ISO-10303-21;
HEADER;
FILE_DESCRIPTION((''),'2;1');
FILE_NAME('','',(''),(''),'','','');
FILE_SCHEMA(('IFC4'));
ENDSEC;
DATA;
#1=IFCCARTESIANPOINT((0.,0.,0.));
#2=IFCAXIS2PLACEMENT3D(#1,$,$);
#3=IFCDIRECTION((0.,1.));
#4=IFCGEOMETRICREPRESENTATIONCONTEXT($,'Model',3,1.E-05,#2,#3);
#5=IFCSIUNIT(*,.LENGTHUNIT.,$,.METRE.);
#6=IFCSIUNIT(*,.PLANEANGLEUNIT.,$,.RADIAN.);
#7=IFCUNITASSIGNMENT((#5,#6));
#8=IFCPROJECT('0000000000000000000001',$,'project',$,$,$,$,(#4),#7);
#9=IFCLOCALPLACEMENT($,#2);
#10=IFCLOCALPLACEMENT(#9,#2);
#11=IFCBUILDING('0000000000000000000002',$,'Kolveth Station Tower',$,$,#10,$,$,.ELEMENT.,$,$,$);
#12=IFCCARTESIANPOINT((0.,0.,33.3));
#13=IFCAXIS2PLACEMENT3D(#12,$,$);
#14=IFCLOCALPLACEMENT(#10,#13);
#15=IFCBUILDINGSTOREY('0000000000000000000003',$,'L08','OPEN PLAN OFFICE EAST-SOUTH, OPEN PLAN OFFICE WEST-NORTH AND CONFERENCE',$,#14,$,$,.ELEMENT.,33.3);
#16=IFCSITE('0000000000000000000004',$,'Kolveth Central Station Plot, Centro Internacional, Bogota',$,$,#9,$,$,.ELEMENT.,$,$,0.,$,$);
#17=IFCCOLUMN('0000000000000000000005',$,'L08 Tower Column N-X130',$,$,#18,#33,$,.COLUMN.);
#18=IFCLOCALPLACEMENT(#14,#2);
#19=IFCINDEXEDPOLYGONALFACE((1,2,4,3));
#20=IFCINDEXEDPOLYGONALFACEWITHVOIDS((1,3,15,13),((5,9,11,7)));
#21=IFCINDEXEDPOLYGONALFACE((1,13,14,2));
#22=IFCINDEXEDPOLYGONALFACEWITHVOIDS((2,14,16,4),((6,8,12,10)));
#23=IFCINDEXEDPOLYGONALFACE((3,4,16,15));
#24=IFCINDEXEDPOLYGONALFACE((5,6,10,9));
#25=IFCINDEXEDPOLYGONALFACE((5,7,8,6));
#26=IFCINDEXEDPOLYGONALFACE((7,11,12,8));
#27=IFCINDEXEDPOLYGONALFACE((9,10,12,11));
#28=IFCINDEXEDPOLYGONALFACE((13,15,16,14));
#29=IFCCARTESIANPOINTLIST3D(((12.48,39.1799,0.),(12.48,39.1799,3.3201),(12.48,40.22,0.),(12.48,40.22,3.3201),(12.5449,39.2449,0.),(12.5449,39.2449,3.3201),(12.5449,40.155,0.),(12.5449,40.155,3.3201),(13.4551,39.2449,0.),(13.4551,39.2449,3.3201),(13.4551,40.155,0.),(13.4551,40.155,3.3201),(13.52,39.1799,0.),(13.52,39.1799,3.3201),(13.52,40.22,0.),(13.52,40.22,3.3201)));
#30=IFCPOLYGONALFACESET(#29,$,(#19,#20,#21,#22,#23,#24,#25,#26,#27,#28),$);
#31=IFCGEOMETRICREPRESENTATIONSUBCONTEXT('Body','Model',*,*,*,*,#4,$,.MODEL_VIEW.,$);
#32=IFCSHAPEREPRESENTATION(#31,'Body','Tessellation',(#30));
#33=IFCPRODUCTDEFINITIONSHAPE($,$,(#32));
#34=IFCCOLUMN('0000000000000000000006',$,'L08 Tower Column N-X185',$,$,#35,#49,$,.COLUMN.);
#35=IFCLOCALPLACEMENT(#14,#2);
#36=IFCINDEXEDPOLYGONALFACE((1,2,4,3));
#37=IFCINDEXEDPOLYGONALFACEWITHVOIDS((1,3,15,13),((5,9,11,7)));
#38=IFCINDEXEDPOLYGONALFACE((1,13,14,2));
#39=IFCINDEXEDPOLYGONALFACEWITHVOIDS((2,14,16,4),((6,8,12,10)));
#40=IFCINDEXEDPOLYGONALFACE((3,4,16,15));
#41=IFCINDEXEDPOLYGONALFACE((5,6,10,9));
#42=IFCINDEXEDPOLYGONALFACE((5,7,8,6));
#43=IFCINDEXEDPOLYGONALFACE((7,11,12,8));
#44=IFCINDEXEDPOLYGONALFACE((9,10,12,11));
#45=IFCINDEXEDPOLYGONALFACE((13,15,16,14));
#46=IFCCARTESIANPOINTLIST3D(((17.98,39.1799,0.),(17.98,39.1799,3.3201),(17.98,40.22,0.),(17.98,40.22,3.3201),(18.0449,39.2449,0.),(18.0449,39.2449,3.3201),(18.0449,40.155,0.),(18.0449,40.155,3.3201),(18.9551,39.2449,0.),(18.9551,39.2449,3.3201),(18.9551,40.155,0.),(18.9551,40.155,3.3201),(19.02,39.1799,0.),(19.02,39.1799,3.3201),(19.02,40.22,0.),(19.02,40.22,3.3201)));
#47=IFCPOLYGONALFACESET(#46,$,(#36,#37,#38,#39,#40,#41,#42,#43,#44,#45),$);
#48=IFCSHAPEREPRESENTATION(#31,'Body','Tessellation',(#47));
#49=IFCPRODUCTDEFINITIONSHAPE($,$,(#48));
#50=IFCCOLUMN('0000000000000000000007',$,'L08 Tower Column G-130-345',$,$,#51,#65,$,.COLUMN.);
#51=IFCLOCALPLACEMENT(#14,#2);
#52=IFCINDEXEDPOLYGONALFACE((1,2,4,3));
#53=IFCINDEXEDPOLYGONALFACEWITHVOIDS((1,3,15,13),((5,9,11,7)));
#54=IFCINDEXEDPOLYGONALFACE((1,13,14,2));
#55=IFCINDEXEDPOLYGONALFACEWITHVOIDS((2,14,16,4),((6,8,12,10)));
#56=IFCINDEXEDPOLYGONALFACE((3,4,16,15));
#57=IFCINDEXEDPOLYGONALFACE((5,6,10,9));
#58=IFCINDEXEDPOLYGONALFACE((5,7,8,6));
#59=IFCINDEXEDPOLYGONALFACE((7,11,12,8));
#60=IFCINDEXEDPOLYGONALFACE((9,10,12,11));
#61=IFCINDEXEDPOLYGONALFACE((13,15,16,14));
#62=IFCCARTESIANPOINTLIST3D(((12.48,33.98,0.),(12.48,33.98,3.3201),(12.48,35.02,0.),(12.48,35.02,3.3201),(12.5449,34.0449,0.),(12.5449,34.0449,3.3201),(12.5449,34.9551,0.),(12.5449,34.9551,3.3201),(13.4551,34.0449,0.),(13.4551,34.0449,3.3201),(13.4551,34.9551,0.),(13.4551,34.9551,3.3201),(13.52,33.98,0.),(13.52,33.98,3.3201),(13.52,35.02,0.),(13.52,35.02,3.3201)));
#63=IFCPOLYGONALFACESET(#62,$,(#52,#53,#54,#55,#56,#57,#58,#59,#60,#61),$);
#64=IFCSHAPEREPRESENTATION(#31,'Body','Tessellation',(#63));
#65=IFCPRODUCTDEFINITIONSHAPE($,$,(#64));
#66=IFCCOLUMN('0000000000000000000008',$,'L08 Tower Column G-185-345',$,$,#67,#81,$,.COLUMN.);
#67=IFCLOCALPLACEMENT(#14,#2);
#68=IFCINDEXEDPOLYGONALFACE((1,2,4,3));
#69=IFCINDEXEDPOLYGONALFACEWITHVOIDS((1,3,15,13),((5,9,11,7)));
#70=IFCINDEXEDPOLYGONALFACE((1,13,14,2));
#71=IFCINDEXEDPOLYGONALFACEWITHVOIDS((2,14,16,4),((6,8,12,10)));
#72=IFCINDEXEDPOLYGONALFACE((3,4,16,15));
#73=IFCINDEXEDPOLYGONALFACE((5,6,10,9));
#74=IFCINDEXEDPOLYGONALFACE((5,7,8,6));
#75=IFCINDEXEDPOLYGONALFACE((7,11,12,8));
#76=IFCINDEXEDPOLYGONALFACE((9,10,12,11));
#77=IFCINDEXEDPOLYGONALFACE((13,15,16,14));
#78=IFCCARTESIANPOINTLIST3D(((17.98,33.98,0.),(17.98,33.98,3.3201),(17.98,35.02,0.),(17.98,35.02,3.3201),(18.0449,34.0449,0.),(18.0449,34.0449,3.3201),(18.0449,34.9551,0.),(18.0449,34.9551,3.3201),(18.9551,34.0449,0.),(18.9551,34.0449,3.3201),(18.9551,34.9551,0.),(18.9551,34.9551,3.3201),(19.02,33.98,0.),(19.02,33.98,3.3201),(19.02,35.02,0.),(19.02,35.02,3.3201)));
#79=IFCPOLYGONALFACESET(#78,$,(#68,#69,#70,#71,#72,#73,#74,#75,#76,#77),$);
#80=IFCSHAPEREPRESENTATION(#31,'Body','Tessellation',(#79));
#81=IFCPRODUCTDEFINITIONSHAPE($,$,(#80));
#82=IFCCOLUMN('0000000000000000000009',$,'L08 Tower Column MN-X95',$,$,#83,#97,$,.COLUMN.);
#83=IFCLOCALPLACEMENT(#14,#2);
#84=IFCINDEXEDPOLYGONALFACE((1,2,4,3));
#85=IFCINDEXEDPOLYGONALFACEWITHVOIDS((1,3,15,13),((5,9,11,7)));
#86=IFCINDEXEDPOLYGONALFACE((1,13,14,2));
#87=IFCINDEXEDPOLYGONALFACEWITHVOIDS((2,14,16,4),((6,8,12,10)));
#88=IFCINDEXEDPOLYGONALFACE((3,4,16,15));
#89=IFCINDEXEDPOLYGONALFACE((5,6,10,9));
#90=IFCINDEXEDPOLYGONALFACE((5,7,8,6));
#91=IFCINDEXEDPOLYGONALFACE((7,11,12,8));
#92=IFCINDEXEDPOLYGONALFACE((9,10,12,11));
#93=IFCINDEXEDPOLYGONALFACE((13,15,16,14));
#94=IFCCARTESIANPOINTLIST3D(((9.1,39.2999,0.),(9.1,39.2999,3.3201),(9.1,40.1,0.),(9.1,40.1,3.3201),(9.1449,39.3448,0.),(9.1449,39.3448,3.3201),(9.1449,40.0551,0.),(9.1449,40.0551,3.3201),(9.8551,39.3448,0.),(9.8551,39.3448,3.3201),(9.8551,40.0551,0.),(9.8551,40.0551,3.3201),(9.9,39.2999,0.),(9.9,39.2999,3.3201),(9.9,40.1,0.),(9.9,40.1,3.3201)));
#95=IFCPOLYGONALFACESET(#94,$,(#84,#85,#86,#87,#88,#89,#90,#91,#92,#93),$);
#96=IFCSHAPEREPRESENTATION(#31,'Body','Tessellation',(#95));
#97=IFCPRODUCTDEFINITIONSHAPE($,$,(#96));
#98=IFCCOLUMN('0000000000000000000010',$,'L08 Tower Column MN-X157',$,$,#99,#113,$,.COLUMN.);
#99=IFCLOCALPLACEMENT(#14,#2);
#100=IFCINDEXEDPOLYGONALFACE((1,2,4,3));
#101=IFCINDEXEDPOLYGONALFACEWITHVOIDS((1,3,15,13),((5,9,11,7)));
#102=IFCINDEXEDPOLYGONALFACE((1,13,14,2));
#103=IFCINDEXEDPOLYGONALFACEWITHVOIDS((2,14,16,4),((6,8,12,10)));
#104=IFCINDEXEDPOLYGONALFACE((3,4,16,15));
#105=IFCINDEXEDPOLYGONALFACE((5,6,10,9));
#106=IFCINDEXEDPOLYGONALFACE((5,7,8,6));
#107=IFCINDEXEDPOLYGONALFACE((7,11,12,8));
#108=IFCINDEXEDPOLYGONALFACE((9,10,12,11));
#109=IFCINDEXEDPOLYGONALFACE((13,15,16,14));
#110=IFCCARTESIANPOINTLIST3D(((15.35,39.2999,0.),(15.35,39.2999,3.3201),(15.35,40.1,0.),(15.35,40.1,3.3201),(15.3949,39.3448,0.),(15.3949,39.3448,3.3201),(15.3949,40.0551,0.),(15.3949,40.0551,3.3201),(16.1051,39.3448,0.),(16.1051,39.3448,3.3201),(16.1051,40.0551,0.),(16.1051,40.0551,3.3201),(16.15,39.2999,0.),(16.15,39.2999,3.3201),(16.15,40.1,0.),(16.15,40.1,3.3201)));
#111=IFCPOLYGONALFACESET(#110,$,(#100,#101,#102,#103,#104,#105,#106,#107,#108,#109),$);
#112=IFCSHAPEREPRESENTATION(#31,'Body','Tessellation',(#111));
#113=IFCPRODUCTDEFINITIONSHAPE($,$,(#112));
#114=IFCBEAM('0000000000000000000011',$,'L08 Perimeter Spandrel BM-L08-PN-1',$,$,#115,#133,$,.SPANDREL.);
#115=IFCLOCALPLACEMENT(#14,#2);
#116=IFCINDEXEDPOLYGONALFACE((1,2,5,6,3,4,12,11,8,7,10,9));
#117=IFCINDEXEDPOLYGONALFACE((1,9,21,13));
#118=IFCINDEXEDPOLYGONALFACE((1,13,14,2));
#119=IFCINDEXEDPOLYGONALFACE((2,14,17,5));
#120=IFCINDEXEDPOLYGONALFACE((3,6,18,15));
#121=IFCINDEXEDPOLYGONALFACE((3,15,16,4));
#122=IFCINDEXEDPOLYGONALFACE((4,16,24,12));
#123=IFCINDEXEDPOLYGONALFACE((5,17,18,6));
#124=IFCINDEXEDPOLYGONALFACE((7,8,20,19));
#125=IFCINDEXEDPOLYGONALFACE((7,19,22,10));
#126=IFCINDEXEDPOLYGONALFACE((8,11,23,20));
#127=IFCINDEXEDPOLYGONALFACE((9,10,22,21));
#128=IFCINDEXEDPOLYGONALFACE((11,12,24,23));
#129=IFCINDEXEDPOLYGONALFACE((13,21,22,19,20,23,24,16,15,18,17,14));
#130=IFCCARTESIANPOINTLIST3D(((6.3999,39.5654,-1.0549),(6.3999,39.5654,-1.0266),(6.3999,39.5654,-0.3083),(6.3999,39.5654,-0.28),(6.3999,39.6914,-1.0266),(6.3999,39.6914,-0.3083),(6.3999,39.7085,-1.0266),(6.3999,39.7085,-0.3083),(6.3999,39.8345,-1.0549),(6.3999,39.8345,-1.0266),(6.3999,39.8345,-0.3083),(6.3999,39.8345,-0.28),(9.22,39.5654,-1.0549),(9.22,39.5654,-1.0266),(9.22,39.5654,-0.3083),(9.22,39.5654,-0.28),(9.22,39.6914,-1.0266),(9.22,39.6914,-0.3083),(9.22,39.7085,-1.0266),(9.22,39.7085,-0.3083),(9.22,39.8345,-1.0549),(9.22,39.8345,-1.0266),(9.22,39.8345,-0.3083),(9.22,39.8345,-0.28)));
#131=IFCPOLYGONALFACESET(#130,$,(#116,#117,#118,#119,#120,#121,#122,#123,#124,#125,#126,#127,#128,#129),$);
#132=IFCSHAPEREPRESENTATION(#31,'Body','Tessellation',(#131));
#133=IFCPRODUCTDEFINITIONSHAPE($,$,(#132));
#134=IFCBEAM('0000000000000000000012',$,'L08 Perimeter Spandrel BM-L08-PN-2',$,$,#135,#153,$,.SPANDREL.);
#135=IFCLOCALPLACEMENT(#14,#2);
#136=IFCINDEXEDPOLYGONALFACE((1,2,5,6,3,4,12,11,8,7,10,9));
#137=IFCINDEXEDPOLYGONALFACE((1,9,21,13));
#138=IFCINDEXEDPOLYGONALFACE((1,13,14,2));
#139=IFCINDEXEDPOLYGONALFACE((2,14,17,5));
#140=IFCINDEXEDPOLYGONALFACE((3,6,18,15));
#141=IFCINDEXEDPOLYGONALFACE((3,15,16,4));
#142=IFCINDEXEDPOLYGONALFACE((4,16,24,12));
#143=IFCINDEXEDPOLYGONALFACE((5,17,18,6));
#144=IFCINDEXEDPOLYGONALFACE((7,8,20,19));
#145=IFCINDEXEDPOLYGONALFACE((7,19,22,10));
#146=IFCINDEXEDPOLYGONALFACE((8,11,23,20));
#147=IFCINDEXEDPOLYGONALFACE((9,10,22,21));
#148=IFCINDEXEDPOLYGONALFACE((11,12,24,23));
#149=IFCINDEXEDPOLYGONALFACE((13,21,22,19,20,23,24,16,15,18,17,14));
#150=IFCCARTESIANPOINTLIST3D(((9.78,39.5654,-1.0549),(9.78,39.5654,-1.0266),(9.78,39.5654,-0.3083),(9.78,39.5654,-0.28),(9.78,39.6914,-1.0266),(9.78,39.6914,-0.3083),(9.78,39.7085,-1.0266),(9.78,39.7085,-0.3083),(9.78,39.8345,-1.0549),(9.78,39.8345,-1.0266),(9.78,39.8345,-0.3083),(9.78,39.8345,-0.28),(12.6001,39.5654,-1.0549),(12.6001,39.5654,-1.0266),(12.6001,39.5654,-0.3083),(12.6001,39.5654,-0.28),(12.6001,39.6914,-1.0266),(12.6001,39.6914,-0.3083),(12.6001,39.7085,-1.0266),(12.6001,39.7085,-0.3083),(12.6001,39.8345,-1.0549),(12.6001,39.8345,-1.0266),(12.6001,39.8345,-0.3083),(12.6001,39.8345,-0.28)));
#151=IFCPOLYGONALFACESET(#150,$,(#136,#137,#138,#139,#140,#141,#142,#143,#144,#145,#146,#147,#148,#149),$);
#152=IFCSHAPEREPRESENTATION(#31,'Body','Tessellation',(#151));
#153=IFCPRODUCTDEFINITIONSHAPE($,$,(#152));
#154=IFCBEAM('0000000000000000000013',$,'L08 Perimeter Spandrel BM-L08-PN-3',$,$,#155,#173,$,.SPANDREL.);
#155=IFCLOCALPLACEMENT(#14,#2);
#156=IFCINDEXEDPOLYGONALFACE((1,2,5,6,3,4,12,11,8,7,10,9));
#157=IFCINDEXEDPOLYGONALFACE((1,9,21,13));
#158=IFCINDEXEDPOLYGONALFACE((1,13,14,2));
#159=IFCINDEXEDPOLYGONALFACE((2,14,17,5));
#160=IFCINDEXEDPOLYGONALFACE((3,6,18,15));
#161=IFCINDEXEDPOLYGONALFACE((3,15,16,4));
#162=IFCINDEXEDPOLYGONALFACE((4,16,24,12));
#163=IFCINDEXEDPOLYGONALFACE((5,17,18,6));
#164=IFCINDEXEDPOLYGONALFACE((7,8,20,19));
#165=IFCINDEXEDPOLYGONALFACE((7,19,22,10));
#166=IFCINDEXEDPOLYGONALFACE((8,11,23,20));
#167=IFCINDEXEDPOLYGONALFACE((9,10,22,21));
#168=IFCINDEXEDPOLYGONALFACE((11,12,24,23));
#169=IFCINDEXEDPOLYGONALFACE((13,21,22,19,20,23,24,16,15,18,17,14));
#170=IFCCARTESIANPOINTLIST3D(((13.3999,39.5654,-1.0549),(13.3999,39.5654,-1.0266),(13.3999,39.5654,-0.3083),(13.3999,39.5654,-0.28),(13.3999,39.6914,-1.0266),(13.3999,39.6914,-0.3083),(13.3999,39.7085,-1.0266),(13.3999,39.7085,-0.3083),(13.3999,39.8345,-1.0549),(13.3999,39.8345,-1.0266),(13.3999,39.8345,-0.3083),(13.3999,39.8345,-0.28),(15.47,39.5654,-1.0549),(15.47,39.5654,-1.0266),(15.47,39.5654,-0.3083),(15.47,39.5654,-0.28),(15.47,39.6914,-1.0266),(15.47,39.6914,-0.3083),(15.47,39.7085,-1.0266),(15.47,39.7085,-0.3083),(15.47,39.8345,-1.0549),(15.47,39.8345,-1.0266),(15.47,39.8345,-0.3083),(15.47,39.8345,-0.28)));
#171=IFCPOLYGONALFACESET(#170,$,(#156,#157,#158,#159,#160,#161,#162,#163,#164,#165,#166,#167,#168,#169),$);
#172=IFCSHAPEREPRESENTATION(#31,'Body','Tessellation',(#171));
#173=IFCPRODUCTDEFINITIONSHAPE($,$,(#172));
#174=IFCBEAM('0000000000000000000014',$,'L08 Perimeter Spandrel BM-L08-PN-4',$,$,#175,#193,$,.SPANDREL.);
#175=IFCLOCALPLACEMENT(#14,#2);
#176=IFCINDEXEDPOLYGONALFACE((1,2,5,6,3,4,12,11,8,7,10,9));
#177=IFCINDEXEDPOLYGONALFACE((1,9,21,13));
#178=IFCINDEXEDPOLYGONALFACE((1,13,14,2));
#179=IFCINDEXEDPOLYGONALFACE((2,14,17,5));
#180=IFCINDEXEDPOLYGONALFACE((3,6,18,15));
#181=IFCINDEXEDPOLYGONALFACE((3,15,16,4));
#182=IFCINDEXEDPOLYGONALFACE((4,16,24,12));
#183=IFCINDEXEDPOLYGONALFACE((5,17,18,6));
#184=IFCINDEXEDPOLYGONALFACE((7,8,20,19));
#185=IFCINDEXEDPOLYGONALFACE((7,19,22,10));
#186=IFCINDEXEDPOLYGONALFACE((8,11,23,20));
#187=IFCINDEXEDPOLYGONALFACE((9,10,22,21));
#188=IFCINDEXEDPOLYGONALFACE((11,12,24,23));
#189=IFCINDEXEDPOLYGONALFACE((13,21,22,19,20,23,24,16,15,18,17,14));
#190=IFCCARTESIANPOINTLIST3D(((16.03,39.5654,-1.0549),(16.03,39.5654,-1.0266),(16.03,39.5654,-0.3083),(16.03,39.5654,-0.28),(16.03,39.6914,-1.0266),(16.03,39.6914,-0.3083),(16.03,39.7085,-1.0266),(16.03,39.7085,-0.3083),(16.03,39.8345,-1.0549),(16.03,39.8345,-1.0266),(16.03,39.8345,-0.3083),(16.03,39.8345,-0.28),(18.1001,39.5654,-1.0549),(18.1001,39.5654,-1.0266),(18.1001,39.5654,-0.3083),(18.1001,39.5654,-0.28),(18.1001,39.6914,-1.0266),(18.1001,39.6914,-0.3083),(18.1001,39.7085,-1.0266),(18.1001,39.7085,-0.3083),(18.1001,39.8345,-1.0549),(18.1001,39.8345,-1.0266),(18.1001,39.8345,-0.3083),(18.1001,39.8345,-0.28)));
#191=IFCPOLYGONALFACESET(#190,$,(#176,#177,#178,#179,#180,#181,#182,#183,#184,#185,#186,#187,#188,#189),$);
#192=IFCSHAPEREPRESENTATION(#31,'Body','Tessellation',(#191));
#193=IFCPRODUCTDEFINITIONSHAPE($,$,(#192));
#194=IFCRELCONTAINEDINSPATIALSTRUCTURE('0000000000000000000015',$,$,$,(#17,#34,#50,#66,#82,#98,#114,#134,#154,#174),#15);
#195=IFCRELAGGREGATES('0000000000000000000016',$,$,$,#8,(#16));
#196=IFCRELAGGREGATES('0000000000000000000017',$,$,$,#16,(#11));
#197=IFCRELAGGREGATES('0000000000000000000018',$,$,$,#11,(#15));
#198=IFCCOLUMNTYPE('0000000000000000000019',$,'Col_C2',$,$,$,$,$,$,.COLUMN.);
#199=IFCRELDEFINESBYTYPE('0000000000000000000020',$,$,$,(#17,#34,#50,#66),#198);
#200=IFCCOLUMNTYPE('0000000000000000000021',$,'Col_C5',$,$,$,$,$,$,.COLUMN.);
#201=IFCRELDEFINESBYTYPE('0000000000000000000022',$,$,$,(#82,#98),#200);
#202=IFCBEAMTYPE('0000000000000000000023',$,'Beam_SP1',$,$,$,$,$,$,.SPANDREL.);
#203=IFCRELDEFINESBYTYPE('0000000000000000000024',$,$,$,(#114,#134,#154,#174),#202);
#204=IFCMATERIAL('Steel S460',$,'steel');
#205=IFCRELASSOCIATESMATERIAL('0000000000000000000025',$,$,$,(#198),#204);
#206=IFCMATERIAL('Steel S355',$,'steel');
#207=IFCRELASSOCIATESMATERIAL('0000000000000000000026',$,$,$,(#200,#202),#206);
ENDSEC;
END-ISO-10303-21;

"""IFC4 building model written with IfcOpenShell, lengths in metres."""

from ifc_helpers import new_model, si_unit, direction, frame, origin, origin_2d, place, context, subcontext, project, spatial, hollow_rectangle, i_section, extrude, source, transform, mapped, material, material_profile, profile_set, type_object, element, save


model = new_model("IFC4")

# Units and contexts
model_context = context("Model", 3, precision=1e-05, world=origin(), true_north=direction((0.0, 1.0)))
body_context = subcontext(model_context, "Body", "Model", "MODEL_VIEW")
ifc_project = project(units=[si_unit("LENGTHUNIT", "METRE"), si_unit("PLANEANGLEUNIT", "RADIAN")], contexts=[model_context])

# Site, building, storey
site_placement = place(None, origin())
site = spatial("IfcSite", under=ifc_project, at=site_placement, Name="Kolveth Central Station Plot, Centro Internacional, Bogota", CompositionType="ELEMENT", RefElevation=0.0)
building_placement = place(site_placement, origin())
building = spatial("IfcBuilding", under=site, at=building_placement, Name="Kolveth Station Tower", CompositionType="ELEMENT")
storey_placement = place(building_placement, frame((0.0, 0.0, 33.3)))
storey = spatial("IfcBuildingStorey", under=building, at=storey_placement, Name="L08", Description="OPEN PLAN OFFICE EAST-SOUTH, OPEN PLAN OFFICE WEST-NORTH AND CONFERENCE", CompositionType="ELEMENT", Elevation=33.3)

# Columns
ifc_material_1 = material(Name="Steel S460", Category="steel")
ifc_material_profile_1 = material_profile(ifc_material_1, hollow_rectangle(XDim=1.04, YDim=1.04, WallThickness=0.0649, at=origin_2d()), Name="BOX1040x1040x65")
ifc_profile_set_1 = profile_set([ifc_material_profile_1], Name="Steel S460")
column_type_1 = type_object("IfcColumnType", Name="Col_C2", PredefinedType="COLUMN", material=ifc_profile_set_1)
shared_shape_1 = source(origin(), body_context, "Body", "SweptSolid", [
    extrude(hollow_rectangle(XDim=1.04, YDim=1.04, WallThickness=0.0649, at=origin_2d()), origin(), (0.0, 0.0, 1.0), 3.3201),
])
for number, where, z_axis, x_axis, name in (
    (1, (13.0, 39.7, 0.0), (0.0, 0.0, 1.0), (1.0, 0.0, 0.0), "L08 Tower Column N-X130"),
    (2, (18.5, 39.7, 0.0), (0.0, 0.0, 1.0), (1.0, 0.0, 0.0), "L08 Tower Column N-X185"),
    (3, (13.0, 34.5, 0.0), (0.0, 0.0, 1.0), (1.0, 0.0, 0.0), "L08 Tower Column G-130-345"),
    (4, (18.5, 34.5, 0.0), (0.0, 0.0, 1.0), (1.0, 0.0, 0.0), "L08 Tower Column G-185-345"),
):
    element("IfcColumn", number, at=place(storey_placement, frame(where, z_axis=z_axis, x_axis=x_axis)), inside=storey, type_object=column_type_1, Name=name, PredefinedType="COLUMN", context=body_context, shape_type="MappedRepresentation", body=[
        mapped(shared_shape_1, transform((0.0, 0.0, 0.0), x_axis=(1.0, 0.0, 0.0), y_axis=(0.0, 1.0, 0.0), z_axis=(0.0, 0.0, 1.0), scale=1.0)),
    ])
ifc_material_2 = material(Name="Steel S355", Category="steel")
ifc_material_profile_2 = material_profile(ifc_material_2, hollow_rectangle(XDim=0.8, YDim=0.8, WallThickness=0.0449, at=origin_2d()), Name="BOX800x800x45")
ifc_profile_set_2 = profile_set([ifc_material_profile_2], Name="Steel S355")
column_type_2 = type_object("IfcColumnType", Name="Col_C5", PredefinedType="COLUMN", material=ifc_profile_set_2)
shared_shape_2 = source(origin(), body_context, "Body", "SweptSolid", [
    extrude(hollow_rectangle(XDim=0.8, YDim=0.8, WallThickness=0.0449, at=origin_2d()), origin(), (0.0, 0.0, 1.0), 3.3201),
])
for number, where, z_axis, x_axis, name in (
    (5, (9.5, 39.7, 0.0), (0.0, 0.0, 1.0), (1.0, 0.0, 0.0), "L08 Tower Column MN-X95"),
    (6, (15.75, 39.7, 0.0), (0.0, 0.0, 1.0), (1.0, 0.0, 0.0), "L08 Tower Column MN-X157"),
):
    element("IfcColumn", number, at=place(storey_placement, frame(where, z_axis=z_axis, x_axis=x_axis)), inside=storey, type_object=column_type_2, Name=name, PredefinedType="COLUMN", context=body_context, shape_type="MappedRepresentation", body=[
        mapped(shared_shape_2, transform((0.0, 0.0, 0.0), x_axis=(1.0, 0.0, 0.0), y_axis=(0.0, 1.0, 0.0), z_axis=(0.0, 0.0, 1.0), scale=1.0)),
    ])

# Beams
ifc_material_profile_3 = material_profile(ifc_material_2, i_section(OverallWidth=0.269, OverallDepth=0.7749, WebThickness=0.0171, FlangeThickness=0.0283, at=origin_2d()), Name="W760x220")
ifc_profile_set_3 = profile_set([ifc_material_profile_3], Name="Steel S355")
beam_type_1 = type_object("IfcBeamType", Name="Beam_SP1", PredefinedType="SPANDREL", material=ifc_profile_set_3)
shared_shape_3 = source(origin(), body_context, "Body", "SweptSolid", [
    extrude(i_section(OverallWidth=0.269, OverallDepth=0.7749, WebThickness=0.0171, FlangeThickness=0.0283, at=origin_2d()), origin(), (0.0, 0.0, 1.0), 2.8201),
])
for number, where, z_axis, x_axis, name in (
    (7, (6.3999, 39.7, -0.6675), (1.0, 0.0, 0.0), (0.0, 1.0, 0.0), "L08 Perimeter Spandrel BM-L08-PN-1"),
    (8, (9.78, 39.7, -0.6675), (1.0, 0.0, 0.0), (0.0, 1.0, 0.0), "L08 Perimeter Spandrel BM-L08-PN-2"),
):
    element("IfcBeam", number, at=place(storey_placement, frame(where, z_axis=z_axis, x_axis=x_axis)), inside=storey, type_object=beam_type_1, Name=name, PredefinedType="SPANDREL", context=body_context, shape_type="MappedRepresentation", body=[
        mapped(shared_shape_3, transform((0.0, 0.0, 0.0), x_axis=(1.0, 0.0, 0.0), y_axis=(0.0, 1.0, 0.0), z_axis=(0.0, 0.0, 1.0), scale=1.0)),
    ])
shared_shape_4 = source(origin(), body_context, "Body", "SweptSolid", [
    extrude(i_section(OverallWidth=0.269, OverallDepth=0.7749, WebThickness=0.0171, FlangeThickness=0.0283, at=origin_2d()), origin(), (0.0, 0.0, 1.0), 2.0701),
])
for number, where, z_axis, x_axis, name in (
    (9, (13.3999, 39.7, -0.6675), (1.0, 0.0, 0.0), (0.0, 1.0, 0.0), "L08 Perimeter Spandrel BM-L08-PN-3"),
    (10, (16.03, 39.7, -0.6675), (1.0, 0.0, 0.0), (0.0, 1.0, 0.0), "L08 Perimeter Spandrel BM-L08-PN-4"),
):
    element("IfcBeam", number, at=place(storey_placement, frame(where, z_axis=z_axis, x_axis=x_axis)), inside=storey, type_object=beam_type_1, Name=name, PredefinedType="SPANDREL", context=body_context, shape_type="MappedRepresentation", body=[
        mapped(shared_shape_4, transform((0.0, 0.0, 0.0), x_axis=(1.0, 0.0, 0.0), y_axis=(0.0, 1.0, 0.0), z_axis=(0.0, 0.0, 1.0), scale=1.0)),
    ])

save(model, "model.ifc")
